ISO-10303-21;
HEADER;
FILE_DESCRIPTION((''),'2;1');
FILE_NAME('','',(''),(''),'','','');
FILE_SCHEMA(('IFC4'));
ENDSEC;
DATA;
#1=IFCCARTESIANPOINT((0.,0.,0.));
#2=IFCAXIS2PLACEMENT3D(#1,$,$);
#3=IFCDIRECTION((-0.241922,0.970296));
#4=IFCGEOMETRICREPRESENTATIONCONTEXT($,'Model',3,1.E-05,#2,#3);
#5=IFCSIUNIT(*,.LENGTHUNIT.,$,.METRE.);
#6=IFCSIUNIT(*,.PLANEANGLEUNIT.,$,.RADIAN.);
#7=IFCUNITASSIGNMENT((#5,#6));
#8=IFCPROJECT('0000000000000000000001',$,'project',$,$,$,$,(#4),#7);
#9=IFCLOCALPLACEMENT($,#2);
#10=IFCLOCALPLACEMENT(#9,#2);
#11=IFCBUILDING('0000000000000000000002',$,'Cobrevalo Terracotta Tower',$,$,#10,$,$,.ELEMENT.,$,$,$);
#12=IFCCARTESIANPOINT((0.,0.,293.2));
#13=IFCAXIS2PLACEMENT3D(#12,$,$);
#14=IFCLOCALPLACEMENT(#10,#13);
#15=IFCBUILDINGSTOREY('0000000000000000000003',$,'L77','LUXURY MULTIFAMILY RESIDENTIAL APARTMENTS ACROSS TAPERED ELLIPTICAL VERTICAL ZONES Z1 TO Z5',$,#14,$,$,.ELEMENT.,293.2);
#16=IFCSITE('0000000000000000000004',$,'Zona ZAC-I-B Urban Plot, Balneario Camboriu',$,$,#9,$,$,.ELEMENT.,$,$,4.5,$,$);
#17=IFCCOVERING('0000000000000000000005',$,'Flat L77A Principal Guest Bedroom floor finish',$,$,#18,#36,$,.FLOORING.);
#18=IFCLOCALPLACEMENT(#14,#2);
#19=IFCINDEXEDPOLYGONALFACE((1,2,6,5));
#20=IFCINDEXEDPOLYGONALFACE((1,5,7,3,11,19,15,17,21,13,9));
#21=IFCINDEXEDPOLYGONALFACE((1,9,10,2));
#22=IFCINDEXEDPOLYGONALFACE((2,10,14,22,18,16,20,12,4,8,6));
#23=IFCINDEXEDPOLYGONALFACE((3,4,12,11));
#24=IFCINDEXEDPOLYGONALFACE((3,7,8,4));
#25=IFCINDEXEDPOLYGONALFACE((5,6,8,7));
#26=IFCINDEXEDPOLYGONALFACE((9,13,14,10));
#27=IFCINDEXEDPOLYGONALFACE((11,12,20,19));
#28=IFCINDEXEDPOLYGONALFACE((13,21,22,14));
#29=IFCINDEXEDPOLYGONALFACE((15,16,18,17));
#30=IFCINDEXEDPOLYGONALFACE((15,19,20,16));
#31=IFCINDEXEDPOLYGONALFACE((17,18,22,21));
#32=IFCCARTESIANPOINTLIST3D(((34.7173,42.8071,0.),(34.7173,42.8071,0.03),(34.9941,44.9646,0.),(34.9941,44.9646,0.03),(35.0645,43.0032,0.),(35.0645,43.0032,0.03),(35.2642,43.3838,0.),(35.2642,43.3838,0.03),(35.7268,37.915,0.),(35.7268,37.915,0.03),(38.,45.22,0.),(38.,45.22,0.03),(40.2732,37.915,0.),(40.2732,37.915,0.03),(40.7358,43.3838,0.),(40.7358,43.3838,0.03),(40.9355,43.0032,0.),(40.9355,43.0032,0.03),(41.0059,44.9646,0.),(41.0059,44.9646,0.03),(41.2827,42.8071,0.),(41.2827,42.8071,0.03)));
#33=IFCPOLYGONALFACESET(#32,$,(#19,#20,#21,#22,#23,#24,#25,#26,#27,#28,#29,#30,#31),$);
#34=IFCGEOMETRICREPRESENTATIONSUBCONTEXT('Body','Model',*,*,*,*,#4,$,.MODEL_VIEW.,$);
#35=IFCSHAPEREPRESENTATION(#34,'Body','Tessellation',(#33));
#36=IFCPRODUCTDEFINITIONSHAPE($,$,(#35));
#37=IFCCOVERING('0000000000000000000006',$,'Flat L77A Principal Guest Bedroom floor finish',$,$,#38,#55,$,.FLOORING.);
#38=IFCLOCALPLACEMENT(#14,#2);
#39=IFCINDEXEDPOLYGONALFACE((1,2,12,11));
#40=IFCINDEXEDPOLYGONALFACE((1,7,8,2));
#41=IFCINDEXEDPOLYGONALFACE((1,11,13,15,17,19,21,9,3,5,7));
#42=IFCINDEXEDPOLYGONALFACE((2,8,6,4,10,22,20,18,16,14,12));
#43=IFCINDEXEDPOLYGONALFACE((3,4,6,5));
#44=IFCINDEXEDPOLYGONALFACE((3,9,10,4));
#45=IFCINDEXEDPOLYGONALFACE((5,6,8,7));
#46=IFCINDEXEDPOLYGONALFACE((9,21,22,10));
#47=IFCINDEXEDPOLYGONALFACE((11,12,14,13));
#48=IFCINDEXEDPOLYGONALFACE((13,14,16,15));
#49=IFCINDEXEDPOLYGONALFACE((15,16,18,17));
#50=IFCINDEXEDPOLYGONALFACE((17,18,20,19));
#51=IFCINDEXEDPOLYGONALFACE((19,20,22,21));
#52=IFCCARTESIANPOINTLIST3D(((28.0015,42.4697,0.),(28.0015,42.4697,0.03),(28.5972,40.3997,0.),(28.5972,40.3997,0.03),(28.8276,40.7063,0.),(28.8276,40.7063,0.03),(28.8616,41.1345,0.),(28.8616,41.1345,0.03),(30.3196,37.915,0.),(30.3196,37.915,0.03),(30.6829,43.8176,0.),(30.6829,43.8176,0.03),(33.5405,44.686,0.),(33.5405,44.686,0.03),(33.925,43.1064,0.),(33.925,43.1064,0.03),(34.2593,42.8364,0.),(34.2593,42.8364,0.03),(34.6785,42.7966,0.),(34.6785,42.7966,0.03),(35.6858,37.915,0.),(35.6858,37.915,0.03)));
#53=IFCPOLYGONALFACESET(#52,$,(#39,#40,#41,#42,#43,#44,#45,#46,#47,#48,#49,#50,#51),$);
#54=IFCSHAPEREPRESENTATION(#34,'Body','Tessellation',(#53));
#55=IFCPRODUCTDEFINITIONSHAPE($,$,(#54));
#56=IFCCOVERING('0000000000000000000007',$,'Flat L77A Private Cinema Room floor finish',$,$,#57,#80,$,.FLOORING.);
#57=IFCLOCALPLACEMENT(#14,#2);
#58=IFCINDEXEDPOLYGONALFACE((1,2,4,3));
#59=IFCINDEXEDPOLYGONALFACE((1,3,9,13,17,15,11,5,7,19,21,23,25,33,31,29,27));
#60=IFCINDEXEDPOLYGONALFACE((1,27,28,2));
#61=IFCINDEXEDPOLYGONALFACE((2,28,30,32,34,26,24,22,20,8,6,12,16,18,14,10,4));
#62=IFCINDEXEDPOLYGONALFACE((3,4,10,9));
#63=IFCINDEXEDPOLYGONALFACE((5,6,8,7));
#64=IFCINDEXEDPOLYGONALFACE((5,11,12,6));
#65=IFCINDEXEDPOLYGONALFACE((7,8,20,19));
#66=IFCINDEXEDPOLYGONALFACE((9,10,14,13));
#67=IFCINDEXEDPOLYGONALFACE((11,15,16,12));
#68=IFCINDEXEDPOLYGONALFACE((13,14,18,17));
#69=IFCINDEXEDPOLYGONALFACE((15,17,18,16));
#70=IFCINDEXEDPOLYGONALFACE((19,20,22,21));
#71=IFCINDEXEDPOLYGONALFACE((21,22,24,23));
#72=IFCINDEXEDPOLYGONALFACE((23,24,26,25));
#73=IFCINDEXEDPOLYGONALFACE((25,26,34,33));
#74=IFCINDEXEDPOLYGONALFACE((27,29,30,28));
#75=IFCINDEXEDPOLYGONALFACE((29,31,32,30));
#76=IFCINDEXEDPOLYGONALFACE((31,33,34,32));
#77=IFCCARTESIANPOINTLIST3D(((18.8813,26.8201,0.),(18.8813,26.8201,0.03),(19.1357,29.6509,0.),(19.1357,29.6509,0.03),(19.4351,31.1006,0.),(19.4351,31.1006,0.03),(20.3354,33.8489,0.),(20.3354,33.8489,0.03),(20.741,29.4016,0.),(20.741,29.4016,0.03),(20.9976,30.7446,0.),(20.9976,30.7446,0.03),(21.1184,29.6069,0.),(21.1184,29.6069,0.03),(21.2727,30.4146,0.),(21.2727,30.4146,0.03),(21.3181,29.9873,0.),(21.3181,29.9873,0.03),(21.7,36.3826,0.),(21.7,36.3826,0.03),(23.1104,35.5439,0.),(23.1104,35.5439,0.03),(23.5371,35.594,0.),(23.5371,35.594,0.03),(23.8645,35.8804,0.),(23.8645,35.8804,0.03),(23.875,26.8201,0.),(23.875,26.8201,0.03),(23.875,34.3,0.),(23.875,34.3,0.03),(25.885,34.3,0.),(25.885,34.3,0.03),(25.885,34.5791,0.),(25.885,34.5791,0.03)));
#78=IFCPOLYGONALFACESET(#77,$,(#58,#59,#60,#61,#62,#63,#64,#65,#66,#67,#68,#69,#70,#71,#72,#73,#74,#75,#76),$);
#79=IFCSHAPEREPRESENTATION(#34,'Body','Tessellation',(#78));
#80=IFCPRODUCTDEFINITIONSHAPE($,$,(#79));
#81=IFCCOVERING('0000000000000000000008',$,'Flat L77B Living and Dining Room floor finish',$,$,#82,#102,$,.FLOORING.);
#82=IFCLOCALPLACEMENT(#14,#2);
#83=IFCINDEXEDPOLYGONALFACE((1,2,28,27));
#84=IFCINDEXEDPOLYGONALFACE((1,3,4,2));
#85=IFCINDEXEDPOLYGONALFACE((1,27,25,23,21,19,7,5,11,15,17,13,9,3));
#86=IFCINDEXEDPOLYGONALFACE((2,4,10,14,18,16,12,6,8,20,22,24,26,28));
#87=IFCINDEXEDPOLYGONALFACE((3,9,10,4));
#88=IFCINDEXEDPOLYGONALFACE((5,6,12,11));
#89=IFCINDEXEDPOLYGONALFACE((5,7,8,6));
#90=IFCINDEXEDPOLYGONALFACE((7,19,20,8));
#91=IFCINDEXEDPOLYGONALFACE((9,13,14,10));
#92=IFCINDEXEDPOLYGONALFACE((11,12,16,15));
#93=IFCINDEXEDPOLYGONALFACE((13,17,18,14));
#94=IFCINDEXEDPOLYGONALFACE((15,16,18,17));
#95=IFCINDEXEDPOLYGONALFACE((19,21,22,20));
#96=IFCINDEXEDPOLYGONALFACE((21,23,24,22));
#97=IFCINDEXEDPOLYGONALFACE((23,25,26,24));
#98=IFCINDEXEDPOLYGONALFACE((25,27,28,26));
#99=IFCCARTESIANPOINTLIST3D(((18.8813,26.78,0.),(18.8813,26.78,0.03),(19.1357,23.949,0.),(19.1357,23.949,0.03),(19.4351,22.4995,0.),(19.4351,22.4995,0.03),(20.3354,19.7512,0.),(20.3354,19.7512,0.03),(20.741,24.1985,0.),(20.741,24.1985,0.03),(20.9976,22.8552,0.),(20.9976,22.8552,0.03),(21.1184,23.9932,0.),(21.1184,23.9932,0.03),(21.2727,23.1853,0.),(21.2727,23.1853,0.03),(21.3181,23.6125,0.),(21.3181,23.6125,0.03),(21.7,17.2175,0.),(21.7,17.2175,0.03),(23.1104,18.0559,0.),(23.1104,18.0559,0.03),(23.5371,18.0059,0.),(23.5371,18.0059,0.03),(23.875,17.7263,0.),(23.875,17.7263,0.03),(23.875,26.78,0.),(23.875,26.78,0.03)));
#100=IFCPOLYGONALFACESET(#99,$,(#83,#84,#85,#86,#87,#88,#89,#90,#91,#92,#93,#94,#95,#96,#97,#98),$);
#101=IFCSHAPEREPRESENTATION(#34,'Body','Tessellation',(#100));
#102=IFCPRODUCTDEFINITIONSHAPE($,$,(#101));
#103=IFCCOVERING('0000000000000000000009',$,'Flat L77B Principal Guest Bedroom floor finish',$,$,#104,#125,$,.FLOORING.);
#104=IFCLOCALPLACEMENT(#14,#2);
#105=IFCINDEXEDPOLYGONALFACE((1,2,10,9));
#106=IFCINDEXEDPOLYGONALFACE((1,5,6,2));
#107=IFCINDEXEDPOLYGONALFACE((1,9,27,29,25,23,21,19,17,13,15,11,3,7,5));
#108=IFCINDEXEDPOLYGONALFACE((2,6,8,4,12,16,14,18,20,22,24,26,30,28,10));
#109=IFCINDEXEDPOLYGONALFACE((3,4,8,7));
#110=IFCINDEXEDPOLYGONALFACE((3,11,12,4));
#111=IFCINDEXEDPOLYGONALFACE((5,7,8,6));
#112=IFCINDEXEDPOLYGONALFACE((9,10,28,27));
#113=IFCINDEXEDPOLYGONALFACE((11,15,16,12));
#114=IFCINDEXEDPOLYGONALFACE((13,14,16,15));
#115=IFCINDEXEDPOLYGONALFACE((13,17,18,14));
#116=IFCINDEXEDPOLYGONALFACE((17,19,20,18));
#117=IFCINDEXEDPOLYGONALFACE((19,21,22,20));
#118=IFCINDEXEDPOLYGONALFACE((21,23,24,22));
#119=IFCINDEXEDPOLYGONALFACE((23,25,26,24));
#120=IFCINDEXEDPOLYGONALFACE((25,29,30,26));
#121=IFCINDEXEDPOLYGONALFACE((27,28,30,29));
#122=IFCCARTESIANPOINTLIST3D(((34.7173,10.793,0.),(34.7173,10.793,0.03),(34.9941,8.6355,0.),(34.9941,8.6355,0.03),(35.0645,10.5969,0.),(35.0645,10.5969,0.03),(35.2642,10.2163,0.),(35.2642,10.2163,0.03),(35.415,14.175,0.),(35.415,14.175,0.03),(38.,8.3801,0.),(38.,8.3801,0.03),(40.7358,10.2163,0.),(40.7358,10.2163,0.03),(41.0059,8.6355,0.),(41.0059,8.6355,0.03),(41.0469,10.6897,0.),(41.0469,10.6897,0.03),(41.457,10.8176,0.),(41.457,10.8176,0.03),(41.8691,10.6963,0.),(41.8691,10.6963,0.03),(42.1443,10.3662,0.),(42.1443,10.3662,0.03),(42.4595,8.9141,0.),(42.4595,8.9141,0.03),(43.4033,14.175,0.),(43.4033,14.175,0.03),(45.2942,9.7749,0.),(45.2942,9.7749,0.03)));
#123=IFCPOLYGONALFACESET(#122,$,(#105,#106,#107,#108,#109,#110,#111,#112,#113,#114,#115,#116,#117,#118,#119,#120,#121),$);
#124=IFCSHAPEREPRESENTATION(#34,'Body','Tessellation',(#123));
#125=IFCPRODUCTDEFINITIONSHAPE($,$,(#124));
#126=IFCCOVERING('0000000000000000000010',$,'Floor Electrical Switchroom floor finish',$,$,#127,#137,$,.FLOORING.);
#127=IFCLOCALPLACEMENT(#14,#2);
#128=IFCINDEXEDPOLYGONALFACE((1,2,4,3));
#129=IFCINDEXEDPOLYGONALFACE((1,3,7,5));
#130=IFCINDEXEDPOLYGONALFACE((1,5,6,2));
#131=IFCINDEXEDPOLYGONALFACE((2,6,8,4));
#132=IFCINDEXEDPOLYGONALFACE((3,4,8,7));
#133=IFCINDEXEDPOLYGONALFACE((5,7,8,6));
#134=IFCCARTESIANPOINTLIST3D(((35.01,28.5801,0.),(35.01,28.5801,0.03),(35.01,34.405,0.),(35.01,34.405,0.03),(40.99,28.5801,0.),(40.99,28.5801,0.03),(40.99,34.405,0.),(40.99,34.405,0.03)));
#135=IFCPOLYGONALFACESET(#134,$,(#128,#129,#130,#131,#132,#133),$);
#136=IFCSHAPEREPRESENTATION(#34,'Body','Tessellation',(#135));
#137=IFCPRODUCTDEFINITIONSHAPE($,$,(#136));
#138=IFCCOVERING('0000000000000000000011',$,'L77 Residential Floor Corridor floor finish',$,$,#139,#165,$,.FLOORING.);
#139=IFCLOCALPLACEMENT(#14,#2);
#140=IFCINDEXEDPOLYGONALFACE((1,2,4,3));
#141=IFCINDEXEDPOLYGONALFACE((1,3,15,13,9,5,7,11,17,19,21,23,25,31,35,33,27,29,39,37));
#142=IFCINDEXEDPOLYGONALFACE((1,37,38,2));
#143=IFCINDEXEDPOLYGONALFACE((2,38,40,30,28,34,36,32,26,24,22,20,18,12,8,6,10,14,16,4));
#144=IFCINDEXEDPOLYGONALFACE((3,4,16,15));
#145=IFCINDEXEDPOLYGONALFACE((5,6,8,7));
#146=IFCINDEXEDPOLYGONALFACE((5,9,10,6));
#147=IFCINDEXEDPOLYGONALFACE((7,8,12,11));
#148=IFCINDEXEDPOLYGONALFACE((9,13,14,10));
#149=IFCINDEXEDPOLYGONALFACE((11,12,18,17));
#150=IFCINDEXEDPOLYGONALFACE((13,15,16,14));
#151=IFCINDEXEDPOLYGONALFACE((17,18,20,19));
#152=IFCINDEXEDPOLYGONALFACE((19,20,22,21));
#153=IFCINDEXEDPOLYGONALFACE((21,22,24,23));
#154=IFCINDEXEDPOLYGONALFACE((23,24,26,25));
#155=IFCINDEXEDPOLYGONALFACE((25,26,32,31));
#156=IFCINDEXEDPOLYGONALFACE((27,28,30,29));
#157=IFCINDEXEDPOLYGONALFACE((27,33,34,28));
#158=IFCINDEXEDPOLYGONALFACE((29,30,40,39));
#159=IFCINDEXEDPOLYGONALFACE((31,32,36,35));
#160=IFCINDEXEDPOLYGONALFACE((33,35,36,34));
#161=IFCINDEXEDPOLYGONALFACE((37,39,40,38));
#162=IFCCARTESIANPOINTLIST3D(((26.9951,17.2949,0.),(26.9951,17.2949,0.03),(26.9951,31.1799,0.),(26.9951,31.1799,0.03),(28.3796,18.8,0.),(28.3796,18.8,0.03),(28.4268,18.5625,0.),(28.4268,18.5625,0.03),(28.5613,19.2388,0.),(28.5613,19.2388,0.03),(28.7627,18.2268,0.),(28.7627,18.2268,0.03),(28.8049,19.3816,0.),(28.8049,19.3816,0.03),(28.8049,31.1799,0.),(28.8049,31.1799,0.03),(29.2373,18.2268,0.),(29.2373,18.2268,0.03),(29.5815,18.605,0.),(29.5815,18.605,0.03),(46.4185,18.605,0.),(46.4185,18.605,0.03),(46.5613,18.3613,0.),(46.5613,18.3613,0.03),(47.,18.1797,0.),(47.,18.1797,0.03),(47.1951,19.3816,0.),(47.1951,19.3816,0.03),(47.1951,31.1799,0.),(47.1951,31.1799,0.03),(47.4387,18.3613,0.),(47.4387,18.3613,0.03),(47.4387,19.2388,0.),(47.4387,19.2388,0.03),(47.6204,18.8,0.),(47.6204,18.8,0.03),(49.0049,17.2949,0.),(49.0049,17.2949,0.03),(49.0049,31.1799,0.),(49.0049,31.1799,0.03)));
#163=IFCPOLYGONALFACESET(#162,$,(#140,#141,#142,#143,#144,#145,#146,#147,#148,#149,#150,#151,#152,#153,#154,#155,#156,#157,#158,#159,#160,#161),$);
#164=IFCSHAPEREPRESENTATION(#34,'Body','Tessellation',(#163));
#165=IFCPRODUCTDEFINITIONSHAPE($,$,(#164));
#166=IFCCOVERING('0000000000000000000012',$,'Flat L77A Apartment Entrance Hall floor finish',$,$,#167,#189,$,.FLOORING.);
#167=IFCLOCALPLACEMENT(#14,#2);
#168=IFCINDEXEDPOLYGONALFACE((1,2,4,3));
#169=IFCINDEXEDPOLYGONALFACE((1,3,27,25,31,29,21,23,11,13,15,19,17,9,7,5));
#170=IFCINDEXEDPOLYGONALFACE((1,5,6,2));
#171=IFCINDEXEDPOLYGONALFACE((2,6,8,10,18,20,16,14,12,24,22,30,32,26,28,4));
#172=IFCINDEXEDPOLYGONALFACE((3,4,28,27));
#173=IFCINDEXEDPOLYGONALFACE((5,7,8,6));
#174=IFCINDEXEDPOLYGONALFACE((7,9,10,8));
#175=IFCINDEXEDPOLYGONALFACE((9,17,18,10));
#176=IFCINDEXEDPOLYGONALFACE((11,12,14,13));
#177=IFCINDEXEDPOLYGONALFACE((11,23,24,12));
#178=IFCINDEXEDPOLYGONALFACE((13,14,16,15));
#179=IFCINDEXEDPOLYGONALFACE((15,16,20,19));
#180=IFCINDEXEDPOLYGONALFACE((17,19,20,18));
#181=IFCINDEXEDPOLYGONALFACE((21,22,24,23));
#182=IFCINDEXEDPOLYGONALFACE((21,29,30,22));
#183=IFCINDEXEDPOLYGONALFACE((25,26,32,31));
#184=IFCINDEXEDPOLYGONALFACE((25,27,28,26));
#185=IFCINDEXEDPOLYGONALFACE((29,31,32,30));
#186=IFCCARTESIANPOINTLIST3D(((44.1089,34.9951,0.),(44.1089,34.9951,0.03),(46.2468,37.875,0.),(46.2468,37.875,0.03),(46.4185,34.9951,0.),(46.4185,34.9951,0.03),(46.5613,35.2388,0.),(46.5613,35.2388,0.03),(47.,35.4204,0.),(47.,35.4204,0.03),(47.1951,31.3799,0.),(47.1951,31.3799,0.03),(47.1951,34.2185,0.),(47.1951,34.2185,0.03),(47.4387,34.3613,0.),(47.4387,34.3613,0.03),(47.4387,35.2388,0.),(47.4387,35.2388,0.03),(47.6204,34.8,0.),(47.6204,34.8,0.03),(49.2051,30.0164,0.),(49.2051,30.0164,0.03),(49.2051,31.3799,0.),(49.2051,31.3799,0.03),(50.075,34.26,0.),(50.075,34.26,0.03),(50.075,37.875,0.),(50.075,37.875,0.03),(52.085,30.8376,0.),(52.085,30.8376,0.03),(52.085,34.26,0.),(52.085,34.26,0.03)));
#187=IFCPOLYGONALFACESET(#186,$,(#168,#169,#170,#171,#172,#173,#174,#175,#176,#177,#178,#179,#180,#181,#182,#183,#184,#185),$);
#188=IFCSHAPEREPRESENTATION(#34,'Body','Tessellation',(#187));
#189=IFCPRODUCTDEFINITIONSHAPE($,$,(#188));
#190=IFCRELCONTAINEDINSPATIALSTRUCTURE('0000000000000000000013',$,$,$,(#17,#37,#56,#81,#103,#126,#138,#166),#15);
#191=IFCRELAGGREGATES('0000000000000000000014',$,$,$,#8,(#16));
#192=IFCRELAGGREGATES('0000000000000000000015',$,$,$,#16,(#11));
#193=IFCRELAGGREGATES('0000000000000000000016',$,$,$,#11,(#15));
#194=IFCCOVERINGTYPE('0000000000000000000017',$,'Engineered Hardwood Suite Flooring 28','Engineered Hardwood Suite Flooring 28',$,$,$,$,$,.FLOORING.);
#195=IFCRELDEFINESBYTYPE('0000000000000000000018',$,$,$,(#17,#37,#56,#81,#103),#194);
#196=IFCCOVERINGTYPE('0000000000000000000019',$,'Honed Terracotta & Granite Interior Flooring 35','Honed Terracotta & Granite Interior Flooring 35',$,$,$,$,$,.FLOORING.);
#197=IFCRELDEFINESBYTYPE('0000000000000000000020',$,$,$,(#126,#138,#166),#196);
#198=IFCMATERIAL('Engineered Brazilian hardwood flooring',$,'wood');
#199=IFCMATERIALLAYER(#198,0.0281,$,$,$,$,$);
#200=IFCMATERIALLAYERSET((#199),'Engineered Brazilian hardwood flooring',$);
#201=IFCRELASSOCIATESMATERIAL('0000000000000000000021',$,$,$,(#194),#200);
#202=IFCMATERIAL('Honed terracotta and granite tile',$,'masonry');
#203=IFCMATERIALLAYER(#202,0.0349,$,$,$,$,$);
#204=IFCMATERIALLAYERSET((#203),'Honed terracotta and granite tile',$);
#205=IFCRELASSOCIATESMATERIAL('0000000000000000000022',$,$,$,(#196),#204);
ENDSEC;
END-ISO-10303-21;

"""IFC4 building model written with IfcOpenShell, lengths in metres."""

from ifc_helpers import new_model, si_unit, direction, frame, origin, place, context, subcontext, project, spatial, polyline, outline, extrude, material, layer, layer_set, type_object, element, save


model = new_model("IFC4")

# Units and contexts
model_context = context("Model", 3, precision=1e-05, world=origin(), true_north=direction((-0.241922, 0.970296)))
body_context = subcontext(model_context, "Body", "Model", "MODEL_VIEW")
ifc_project = project(units=[si_unit("LENGTHUNIT", "METRE"), si_unit("PLANEANGLEUNIT", "RADIAN")], contexts=[model_context])

# Site, building, storey
site_placement = place(None, origin())
site = spatial("IfcSite", under=ifc_project, at=site_placement, Name="Zona ZAC-I-B Urban Plot, Balneario Camboriu", CompositionType="ELEMENT", RefElevation=4.5)
building_placement = place(site_placement, origin())
building = spatial("IfcBuilding", under=site, at=building_placement, Name="Cobrevalo Terracotta Tower", CompositionType="ELEMENT")
storey_placement = place(building_placement, frame((0.0, 0.0, 293.2)))
storey = spatial("IfcBuildingStorey", under=building, at=storey_placement, Name="L77", Description="LUXURY MULTIFAMILY RESIDENTIAL APARTMENTS ACROSS TAPERED ELLIPTICAL VERTICAL ZONES Z1 TO Z5", CompositionType="ELEMENT", Elevation=293.2)

# Coverings
ifc_material_1 = material(Name="Engineered Brazilian hardwood flooring", Category="wood")
ifc_layer_1 = layer(ifc_material_1, 0.0281)
ifc_layer_set_1 = layer_set([ifc_layer_1], Name="Engineered Brazilian hardwood flooring")
covering_type_1 = type_object("IfcCoveringType", Name="Engineered Hardwood Suite Flooring 28", Description="Engineered Hardwood Suite Flooring 28", PredefinedType="FLOORING", material=ifc_layer_set_1)
covering_1_placement = place(storey_placement, origin())
element("IfcCovering", 1, at=covering_1_placement, inside=storey, type_object=covering_type_1, Name="Flat L77A Principal Guest Bedroom floor finish", PredefinedType="FLOORING", context=body_context, shape_type="SweptSolid", body=[
    extrude(outline(polyline([(34.7173, 42.8071), (35.0645, 43.0032), (35.2642, 43.3838), (34.9941, 44.9646), (38.0, 45.22), (41.0059, 44.9646), (40.7358, 43.3838), (40.9355, 43.0032), (41.2827, 42.8071), (40.2732, 37.915), (35.7268, 37.915), (34.7173, 42.8071)])), origin(), (0.0, 0.0, 1.0), 0.03),
])
covering_2_placement = place(storey_placement, origin())
element("IfcCovering", 2, at=covering_2_placement, inside=storey, type_object=covering_type_1, Name="Flat L77A Principal Guest Bedroom floor finish", PredefinedType="FLOORING", context=body_context, shape_type="SweptSolid", body=[
    extrude(outline(polyline([(28.5972, 40.3997), (28.8276, 40.7063), (28.8616, 41.1345), (28.0015, 42.4697), (30.6829, 43.8176), (33.5405, 44.686), (33.925, 43.1064), (34.2593, 42.8364), (34.6785, 42.7966), (35.6858, 37.915), (30.3196, 37.915), (28.5972, 40.3997)])), origin(), (0.0, 0.0, 1.0), 0.03),
])
covering_3_placement = place(storey_placement, origin())
element("IfcCovering", 3, at=covering_3_placement, inside=storey, type_object=covering_type_1, Name="Flat L77A Private Cinema Room floor finish", PredefinedType="FLOORING", context=body_context, shape_type="SweptSolid", body=[
    extrude(outline(polyline([(23.875, 34.3), (23.875, 26.8201), (18.8813, 26.8201), (19.1357, 29.6509), (20.741, 29.4016), (21.1184, 29.6069), (21.3181, 29.9873), (21.2727, 30.4146), (20.9976, 30.7446), (19.4351, 31.1006), (20.3354, 33.8489), (21.7, 36.3826), (23.1104, 35.5439), (23.5371, 35.594), (23.8645, 35.8804), (25.885, 34.5791), (25.885, 34.3), (23.875, 34.3)])), origin(), (0.0, 0.0, 1.0), 0.03),
])
covering_4_placement = place(storey_placement, origin())
element("IfcCovering", 4, at=covering_4_placement, inside=storey, type_object=covering_type_1, Name="Flat L77B Living and Dining Room floor finish", PredefinedType="FLOORING", context=body_context, shape_type="SweptSolid", body=[
    extrude(outline(polyline([(20.3354, 19.7512), (19.4351, 22.4995), (20.9976, 22.8552), (21.2727, 23.1853), (21.3181, 23.6125), (21.1184, 23.9932), (20.741, 24.1985), (19.1357, 23.949), (18.8813, 26.78), (23.875, 26.78), (23.875, 17.7263), (23.5371, 18.0059), (23.1104, 18.0559), (21.7, 17.2175), (20.3354, 19.7512)])), origin(), (0.0, 0.0, 1.0), 0.03),
])
covering_5_placement = place(storey_placement, origin())
element("IfcCovering", 5, at=covering_5_placement, inside=storey, type_object=covering_type_1, Name="Flat L77B Principal Guest Bedroom floor finish", PredefinedType="FLOORING", context=body_context, shape_type="SweptSolid", body=[
    extrude(outline(polyline([(42.4595, 8.9141), (42.1443, 10.3662), (41.8691, 10.6963), (41.457, 10.8176), (41.0469, 10.6897), (40.7358, 10.2163), (41.0059, 8.6355), (38.0, 8.3801), (34.9941, 8.6355), (35.2642, 10.2163), (35.0645, 10.5969), (34.7173, 10.793), (35.415, 14.175), (43.4033, 14.175), (45.2942, 9.7749), (42.4595, 8.9141)])), origin(), (0.0, 0.0, 1.0), 0.03),
])
ifc_material_2 = material(Name="Honed terracotta and granite tile", Category="masonry")
ifc_layer_2 = layer(ifc_material_2, 0.0349)
ifc_layer_set_2 = layer_set([ifc_layer_2], Name="Honed terracotta and granite tile")
covering_type_2 = type_object("IfcCoveringType", Name="Honed Terracotta & Granite Interior Flooring 35", Description="Honed Terracotta & Granite Interior Flooring 35", PredefinedType="FLOORING", material=ifc_layer_set_2)
covering_6_placement = place(storey_placement, origin())
element("IfcCovering", 6, at=covering_6_placement, inside=storey, type_object=covering_type_2, Name="Floor Electrical Switchroom floor finish", PredefinedType="FLOORING", context=body_context, shape_type="SweptSolid", body=[
    extrude(outline(polyline([(35.01, 34.405), (40.99, 34.405), (40.99, 28.5801), (35.01, 28.5801), (35.01, 34.405)])), origin(), (0.0, 0.0, 1.0), 0.03),
])
covering_7_placement = place(storey_placement, origin())
element("IfcCovering", 7, at=covering_7_placement, inside=storey, type_object=covering_type_2, Name="L77 Residential Floor Corridor floor finish", PredefinedType="FLOORING", context=body_context, shape_type="SweptSolid", body=[
    extrude(outline(polyline([(26.9951, 31.1799), (28.8049, 31.1799), (28.8049, 19.3816), (28.5613, 19.2388), (28.3796, 18.8), (28.4268, 18.5625), (28.7627, 18.2268), (29.2373, 18.2268), (29.5815, 18.605), (46.4185, 18.605), (46.5613, 18.3613), (47.0, 18.1797), (47.4387, 18.3613), (47.6204, 18.8), (47.4387, 19.2388), (47.1951, 19.3816), (47.1951, 31.1799), (49.0049, 31.1799), (49.0049, 17.2949), (26.9951, 17.2949), (26.9951, 31.1799)])), origin(), (0.0, 0.0, 1.0), 0.03),
])
covering_8_placement = place(storey_placement, origin())
element("IfcCovering", 8, at=covering_8_placement, inside=storey, type_object=covering_type_2, Name="Flat L77A Apartment Entrance Hall floor finish", PredefinedType="FLOORING", context=body_context, shape_type="SweptSolid", body=[
    extrude(outline(polyline([(47.1951, 31.3799), (47.1951, 34.2185), (47.4387, 34.3613), (47.6204, 34.8), (47.4387, 35.2388), (47.0, 35.4204), (46.5613, 35.2388), (46.4185, 34.9951), (44.1089, 34.9951), (46.2468, 37.875), (50.075, 37.875), (50.075, 34.26), (52.085, 34.26), (52.085, 30.8376), (49.2051, 30.0164), (49.2051, 31.3799), (47.1951, 31.3799)])), origin(), (0.0, 0.0, 1.0), 0.03),
])

save(model, "model.ifc")
